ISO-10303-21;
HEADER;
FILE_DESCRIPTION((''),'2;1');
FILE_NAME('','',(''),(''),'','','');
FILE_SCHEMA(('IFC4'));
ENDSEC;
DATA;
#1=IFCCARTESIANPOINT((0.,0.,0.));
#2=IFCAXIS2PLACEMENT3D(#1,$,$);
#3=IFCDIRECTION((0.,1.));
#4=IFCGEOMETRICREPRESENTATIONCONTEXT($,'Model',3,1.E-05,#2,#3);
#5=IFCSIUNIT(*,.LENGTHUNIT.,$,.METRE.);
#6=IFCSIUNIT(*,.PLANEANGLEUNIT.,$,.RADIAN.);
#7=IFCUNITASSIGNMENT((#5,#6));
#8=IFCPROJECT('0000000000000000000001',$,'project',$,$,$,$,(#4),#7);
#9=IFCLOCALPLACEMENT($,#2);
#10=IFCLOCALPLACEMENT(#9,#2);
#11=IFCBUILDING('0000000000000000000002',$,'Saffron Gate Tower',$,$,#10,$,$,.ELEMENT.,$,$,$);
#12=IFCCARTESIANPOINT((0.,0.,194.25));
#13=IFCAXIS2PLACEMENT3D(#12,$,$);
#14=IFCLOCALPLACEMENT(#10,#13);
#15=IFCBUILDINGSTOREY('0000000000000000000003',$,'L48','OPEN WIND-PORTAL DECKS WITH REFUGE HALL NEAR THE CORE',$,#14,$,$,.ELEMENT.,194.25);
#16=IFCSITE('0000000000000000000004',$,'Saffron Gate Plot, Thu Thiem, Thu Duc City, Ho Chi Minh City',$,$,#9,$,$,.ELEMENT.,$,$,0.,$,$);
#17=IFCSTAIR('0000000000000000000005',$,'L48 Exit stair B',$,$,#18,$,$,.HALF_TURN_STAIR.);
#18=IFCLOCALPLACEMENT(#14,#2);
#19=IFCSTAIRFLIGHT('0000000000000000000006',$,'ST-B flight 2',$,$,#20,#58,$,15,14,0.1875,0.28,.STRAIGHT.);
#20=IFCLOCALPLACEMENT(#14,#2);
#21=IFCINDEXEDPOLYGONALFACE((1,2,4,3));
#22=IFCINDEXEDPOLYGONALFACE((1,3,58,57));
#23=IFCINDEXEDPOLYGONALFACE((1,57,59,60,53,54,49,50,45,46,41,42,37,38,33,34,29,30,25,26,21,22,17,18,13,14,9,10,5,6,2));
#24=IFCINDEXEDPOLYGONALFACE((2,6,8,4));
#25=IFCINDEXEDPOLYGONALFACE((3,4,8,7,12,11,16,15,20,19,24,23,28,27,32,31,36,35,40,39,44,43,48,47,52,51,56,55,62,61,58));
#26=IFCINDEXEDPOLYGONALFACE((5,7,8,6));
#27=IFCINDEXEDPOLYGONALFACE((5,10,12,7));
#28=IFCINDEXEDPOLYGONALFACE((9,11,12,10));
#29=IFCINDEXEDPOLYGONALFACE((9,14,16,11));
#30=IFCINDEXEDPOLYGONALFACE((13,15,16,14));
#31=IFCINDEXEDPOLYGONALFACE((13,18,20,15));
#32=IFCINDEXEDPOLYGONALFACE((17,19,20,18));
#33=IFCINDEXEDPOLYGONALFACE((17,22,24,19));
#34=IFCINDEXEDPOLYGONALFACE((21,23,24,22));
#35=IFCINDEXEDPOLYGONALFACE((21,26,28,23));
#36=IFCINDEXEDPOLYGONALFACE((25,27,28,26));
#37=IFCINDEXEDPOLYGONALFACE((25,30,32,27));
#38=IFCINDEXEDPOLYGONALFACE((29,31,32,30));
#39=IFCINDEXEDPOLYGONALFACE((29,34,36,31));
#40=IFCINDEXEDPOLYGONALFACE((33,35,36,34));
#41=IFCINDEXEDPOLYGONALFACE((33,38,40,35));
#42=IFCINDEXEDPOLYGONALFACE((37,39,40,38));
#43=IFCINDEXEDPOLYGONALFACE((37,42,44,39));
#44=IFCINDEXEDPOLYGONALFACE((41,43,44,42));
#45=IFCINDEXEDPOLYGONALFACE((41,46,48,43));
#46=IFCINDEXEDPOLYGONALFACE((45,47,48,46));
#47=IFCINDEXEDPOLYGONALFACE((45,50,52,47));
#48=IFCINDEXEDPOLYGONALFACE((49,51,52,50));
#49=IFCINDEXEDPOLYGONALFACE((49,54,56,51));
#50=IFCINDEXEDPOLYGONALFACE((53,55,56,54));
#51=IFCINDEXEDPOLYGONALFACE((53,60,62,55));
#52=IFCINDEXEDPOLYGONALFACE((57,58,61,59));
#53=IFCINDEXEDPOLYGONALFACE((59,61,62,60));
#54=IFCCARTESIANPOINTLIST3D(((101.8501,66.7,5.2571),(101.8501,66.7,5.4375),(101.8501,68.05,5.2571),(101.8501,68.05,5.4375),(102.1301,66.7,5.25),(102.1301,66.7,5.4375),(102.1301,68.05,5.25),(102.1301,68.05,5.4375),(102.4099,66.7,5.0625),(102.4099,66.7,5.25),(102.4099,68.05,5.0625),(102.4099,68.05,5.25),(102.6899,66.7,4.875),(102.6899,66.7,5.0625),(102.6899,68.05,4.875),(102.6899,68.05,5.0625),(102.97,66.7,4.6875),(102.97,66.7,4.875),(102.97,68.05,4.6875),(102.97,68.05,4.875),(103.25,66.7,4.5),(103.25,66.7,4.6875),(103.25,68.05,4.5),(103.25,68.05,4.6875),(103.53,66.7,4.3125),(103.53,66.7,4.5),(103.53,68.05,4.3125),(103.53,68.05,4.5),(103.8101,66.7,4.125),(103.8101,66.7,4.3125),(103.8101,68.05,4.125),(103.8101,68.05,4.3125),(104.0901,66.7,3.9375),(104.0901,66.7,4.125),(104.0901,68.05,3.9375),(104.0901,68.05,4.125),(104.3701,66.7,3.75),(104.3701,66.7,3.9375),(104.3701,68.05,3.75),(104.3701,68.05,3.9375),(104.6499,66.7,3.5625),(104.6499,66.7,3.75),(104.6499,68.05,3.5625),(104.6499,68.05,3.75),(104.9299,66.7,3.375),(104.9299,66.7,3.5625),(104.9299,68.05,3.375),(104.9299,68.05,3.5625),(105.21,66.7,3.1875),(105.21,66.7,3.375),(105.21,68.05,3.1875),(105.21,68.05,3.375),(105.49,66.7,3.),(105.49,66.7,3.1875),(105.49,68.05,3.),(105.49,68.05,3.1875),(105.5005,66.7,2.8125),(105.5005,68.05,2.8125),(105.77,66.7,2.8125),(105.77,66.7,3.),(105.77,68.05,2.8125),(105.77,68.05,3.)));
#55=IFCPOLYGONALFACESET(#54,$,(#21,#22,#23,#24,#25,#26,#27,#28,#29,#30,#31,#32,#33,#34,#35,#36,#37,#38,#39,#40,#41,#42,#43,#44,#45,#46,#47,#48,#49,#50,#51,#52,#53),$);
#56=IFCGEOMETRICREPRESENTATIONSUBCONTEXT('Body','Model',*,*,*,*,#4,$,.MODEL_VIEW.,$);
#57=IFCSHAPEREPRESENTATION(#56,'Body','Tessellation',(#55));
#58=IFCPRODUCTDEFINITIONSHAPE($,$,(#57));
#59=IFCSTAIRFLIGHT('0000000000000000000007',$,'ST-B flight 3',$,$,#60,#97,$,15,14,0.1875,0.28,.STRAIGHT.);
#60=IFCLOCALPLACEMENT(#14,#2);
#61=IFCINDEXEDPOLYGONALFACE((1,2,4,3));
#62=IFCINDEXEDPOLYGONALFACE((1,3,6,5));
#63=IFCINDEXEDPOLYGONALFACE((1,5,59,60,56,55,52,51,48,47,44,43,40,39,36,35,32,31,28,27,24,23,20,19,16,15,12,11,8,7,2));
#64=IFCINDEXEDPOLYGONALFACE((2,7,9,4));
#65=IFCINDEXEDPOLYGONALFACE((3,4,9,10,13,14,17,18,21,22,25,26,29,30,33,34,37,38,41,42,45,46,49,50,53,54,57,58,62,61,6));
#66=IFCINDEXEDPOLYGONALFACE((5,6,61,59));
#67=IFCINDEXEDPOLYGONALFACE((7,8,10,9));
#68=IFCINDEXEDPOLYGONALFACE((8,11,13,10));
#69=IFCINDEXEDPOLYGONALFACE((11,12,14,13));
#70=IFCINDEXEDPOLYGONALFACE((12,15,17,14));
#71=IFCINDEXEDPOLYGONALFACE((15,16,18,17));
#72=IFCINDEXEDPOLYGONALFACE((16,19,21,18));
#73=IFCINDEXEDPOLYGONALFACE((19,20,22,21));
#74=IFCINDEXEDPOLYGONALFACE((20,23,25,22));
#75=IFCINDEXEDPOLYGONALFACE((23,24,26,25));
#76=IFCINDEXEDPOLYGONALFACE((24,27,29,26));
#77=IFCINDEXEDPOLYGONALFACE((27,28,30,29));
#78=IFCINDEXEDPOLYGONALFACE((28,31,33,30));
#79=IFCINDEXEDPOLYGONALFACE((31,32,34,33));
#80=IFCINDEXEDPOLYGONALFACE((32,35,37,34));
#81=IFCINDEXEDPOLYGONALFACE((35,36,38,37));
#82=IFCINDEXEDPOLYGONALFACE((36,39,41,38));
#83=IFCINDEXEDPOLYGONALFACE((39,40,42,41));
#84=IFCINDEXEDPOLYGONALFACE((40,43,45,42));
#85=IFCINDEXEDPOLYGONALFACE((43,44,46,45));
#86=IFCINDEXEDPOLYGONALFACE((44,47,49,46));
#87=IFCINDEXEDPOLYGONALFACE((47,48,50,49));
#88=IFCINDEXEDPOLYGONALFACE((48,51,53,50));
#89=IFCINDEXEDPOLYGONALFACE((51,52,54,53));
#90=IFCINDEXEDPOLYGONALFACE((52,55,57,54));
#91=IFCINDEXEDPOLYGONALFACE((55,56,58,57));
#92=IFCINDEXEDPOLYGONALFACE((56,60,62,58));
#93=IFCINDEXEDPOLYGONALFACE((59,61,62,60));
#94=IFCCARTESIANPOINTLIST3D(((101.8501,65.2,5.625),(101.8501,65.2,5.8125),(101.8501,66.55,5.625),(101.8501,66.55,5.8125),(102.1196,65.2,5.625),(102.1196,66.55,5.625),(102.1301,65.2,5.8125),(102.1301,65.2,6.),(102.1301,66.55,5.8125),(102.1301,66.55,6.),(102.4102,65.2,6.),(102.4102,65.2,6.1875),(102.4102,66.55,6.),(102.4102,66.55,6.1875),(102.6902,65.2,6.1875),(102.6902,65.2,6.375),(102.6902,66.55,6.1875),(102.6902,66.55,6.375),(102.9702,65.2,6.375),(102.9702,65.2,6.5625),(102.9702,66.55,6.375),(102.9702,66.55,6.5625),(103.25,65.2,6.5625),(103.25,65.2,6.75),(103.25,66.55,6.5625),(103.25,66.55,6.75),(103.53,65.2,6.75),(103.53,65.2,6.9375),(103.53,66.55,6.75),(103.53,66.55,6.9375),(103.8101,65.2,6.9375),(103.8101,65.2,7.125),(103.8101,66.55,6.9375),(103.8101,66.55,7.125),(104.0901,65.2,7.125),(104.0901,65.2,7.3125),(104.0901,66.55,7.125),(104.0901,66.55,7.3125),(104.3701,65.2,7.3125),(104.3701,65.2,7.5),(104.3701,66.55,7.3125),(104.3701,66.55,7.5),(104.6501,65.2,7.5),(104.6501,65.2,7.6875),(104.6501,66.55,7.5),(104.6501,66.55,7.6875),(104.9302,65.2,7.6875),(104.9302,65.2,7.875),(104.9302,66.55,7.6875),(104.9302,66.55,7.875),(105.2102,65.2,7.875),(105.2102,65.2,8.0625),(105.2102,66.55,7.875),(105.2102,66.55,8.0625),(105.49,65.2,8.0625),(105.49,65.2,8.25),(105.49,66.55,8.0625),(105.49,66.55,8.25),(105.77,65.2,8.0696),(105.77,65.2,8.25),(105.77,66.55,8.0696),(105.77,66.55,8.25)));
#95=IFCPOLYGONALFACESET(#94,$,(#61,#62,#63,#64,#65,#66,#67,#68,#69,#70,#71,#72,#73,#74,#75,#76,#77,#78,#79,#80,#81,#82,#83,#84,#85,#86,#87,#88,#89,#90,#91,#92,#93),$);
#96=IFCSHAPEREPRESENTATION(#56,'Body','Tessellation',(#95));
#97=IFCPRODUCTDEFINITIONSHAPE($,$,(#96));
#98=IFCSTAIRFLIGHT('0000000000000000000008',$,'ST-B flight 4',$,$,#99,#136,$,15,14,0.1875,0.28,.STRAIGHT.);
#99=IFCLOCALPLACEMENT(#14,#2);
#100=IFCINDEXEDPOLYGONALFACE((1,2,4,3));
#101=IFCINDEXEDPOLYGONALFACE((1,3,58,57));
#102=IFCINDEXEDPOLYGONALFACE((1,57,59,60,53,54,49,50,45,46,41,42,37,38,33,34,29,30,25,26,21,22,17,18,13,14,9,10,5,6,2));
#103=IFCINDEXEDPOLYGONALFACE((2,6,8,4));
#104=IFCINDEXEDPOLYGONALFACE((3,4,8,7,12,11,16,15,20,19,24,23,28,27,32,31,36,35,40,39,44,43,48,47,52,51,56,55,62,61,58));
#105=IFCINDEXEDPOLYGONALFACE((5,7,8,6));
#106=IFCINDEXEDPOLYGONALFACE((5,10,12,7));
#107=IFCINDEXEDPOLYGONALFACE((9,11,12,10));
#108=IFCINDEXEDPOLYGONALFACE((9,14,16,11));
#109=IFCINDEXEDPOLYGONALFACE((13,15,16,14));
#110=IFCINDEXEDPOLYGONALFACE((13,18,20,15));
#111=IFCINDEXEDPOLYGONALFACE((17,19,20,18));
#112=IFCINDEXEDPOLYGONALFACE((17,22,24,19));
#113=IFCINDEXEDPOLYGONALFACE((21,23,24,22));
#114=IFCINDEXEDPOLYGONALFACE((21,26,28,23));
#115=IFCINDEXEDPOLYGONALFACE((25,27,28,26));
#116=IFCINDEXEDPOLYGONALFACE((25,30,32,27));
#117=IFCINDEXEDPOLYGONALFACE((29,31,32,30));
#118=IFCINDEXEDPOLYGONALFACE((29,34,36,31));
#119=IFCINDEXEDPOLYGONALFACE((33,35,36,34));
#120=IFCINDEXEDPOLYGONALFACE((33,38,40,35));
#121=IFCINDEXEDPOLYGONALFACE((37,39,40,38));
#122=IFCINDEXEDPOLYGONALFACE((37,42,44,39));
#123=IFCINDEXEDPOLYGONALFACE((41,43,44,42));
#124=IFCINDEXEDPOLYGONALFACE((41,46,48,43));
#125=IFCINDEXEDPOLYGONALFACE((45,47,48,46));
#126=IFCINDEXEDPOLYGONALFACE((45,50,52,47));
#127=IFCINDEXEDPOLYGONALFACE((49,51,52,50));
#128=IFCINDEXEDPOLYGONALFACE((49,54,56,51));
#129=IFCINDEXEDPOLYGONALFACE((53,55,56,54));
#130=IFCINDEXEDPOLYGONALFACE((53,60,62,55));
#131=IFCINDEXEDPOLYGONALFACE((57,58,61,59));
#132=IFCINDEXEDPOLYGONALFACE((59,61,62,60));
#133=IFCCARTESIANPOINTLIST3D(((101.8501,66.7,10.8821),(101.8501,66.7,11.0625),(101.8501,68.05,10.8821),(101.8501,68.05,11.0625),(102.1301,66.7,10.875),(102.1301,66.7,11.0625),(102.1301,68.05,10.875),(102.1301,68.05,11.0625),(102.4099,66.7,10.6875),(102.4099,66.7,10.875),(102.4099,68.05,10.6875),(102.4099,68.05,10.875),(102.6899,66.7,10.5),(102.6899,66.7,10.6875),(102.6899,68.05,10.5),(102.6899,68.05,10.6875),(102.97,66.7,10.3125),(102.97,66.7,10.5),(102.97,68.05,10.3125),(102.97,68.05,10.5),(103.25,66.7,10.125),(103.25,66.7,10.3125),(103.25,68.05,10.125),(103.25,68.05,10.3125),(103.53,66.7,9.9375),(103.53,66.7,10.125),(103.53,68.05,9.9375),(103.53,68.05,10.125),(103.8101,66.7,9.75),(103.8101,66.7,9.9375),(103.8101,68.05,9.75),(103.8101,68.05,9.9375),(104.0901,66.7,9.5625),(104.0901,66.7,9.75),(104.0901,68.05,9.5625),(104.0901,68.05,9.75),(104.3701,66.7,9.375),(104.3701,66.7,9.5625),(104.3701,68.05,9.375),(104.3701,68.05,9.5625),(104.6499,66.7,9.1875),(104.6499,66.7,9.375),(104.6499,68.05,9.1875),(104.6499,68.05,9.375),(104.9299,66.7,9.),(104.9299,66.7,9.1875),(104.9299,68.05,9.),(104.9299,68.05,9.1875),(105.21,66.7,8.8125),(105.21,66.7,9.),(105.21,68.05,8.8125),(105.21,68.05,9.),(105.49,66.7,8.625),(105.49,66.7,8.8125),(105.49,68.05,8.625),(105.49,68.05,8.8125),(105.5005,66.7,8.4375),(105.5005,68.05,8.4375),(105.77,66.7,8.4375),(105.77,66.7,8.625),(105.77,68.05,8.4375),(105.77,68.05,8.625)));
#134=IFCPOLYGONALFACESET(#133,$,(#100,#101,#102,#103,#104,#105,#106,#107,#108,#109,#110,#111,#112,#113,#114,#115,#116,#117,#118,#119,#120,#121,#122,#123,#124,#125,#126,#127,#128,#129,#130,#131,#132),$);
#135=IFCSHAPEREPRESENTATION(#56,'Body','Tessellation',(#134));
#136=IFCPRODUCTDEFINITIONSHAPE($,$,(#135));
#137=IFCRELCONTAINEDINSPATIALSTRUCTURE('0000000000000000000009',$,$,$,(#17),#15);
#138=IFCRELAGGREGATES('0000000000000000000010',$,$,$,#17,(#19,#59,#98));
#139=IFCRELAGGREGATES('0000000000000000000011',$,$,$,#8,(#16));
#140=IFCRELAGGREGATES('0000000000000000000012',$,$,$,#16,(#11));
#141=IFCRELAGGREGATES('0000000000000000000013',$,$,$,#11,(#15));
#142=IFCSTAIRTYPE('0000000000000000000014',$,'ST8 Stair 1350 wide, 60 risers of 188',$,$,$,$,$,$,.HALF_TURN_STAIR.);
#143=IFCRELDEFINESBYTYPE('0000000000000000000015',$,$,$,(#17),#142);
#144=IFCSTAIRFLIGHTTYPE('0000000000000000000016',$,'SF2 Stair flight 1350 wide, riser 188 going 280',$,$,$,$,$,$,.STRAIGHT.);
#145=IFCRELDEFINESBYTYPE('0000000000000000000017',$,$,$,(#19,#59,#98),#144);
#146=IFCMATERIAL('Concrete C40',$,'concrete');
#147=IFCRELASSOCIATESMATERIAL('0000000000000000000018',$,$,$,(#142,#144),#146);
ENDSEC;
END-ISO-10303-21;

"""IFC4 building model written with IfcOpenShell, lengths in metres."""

from ifc_helpers import new_model, si_unit, direction, frame, origin, place, context, subcontext, project, spatial, polyline, outline, extrude, material, type_object, element, aggregate, save


model = new_model("IFC4")

# Units and contexts
model_context = context("Model", 3, precision=1e-05, world=origin(), true_north=direction((0.0, 1.0)))
body_context = subcontext(model_context, "Body", "Model", "MODEL_VIEW")
ifc_project = project(units=[si_unit("LENGTHUNIT", "METRE"), si_unit("PLANEANGLEUNIT", "RADIAN")], contexts=[model_context])

# Site, building, storey
site_placement = place(None, origin())
site = spatial("IfcSite", under=ifc_project, at=site_placement, Name="Saffron Gate Plot, Thu Thiem, Thu Duc City, Ho Chi Minh City", CompositionType="ELEMENT", RefElevation=0.0)
building_placement = place(site_placement, origin())
building = spatial("IfcBuilding", under=site, at=building_placement, Name="Saffron Gate Tower", CompositionType="ELEMENT")
storey_placement = place(building_placement, frame((0.0, 0.0, 194.25)))
storey = spatial("IfcBuildingStorey", under=building, at=storey_placement, Name="L48", Description="OPEN WIND-PORTAL DECKS WITH REFUGE HALL NEAR THE CORE", CompositionType="ELEMENT", Elevation=194.25)

# Stair, stair flights
ifc_material_1 = material(Name="Concrete C40", Category="concrete")
stair_type = type_object("IfcStairType", Name="ST8 Stair 1350 wide, 60 risers of 188", PredefinedType="HALF_TURN_STAIR", material=ifc_material_1)
stair_placement = place(storey_placement, origin())
stair = element("IfcStair", 1, at=stair_placement, inside=storey, type_object=stair_type, Name="L48 Exit stair B", PredefinedType="HALF_TURN_STAIR")
stair_flight_type = type_object("IfcStairFlightType", Name="SF2 Stair flight 1350 wide, riser 188 going 280", PredefinedType="STRAIGHT", material=ifc_material_1)
stair_flight_1_placement = place(storey_placement, frame((105.77, 67.375, 2.8125), z_axis=(0.0, 0.0, 1.0), x_axis=(-1.0, 0.0, 0.0)))
stair_flight_1 = element("IfcStairFlight", 2, at=stair_flight_1_placement, type_object=stair_flight_type, Name="ST-B flight 2", NumberOfRisers=15, NumberOfTreads=14, PredefinedType="STRAIGHT", RiserHeight=0.1875, TreadLength=0.28, context=body_context, shape_type="SweptSolid", body=[
    extrude(outline(polyline([(0.0, 0.0), (0.0, 0.1875), (0.28, 0.1875), (0.28, 0.375), (0.5601, 0.375), (0.5601, 0.5625), (0.8401, 0.5625), (0.8401, 0.75), (1.1201, 0.75), (1.1201, 0.9375), (1.3999, 0.9375), (1.3999, 1.125), (1.6799, 1.125), (1.6799, 1.3125), (1.96, 1.3125), (1.96, 1.5), (2.24, 1.5), (2.24, 1.6875), (2.52, 1.6875), (2.52, 1.875), (2.8, 1.875), (2.8, 2.0625), (3.0801, 2.0625), (3.0801, 2.25), (3.3601, 2.25), (3.3601, 2.4375), (3.6399, 2.4375), (3.6399, 2.625), (3.9199, 2.625), (3.9199, 2.8125), (3.9199, 2.4446), (0.2695, 0.0), (0.0, 0.0)])), frame((0.0, 0.675, 0.0), z_axis=(0.0, -1.0, 0.0), x_axis=(1.0, 0.0, 0.0)), (0.0, 0.0, 1.0), 1.3501),
])
stair_flight_2_placement = place(storey_placement, frame((101.8501, 65.875, 5.625), z_axis=(0.0, 0.0, 1.0), x_axis=(1.0, 0.0, 0.0)))
stair_flight_2 = element("IfcStairFlight", 3, at=stair_flight_2_placement, type_object=stair_flight_type, Name="ST-B flight 3", NumberOfRisers=15, NumberOfTreads=14, PredefinedType="STRAIGHT", RiserHeight=0.1875, TreadLength=0.28, context=body_context, shape_type="SweptSolid", body=[
    extrude(outline(polyline([(0.0, 0.0), (0.0, 0.1875), (0.28, 0.1875), (0.28, 0.375), (0.5601, 0.375), (0.5601, 0.5625), (0.8401, 0.5625), (0.8401, 0.75), (1.1201, 0.75), (1.1201, 0.9375), (1.3999, 0.9375), (1.3999, 1.125), (1.6799, 1.125), (1.6799, 1.3125), (1.96, 1.3125), (1.96, 1.5), (2.24, 1.5), (2.24, 1.6875), (2.52, 1.6875), (2.52, 1.875), (2.8, 1.875), (2.8, 2.0625), (3.0801, 2.0625), (3.0801, 2.25), (3.3601, 2.25), (3.3601, 2.4375), (3.6399, 2.4375), (3.6399, 2.625), (3.9199, 2.625), (3.9199, 2.8125), (3.9199, 2.4446), (0.2695, 0.0), (0.0, 0.0)])), frame((0.0, 0.675, 0.0), z_axis=(0.0, -1.0, 0.0), x_axis=(1.0, 0.0, 0.0)), (0.0, 0.0, 1.0), 1.3501),
])
stair_flight_3_placement = place(storey_placement, frame((105.77, 67.375, 8.4375), z_axis=(0.0, 0.0, 1.0), x_axis=(-1.0, 0.0, 0.0)))
stair_flight_3 = element("IfcStairFlight", 4, at=stair_flight_3_placement, type_object=stair_flight_type, Name="ST-B flight 4", NumberOfRisers=15, NumberOfTreads=14, PredefinedType="STRAIGHT", RiserHeight=0.1875, TreadLength=0.28, context=body_context, shape_type="SweptSolid", body=[
    extrude(outline(polyline([(0.0, 0.0), (0.0, 0.1875), (0.28, 0.1875), (0.28, 0.375), (0.5601, 0.375), (0.5601, 0.5625), (0.8401, 0.5625), (0.8401, 0.75), (1.1201, 0.75), (1.1201, 0.9375), (1.3999, 0.9375), (1.3999, 1.125), (1.6799, 1.125), (1.6799, 1.3125), (1.96, 1.3125), (1.96, 1.5), (2.24, 1.5), (2.24, 1.6875), (2.52, 1.6875), (2.52, 1.875), (2.8, 1.875), (2.8, 2.0625), (3.0801, 2.0625), (3.0801, 2.25), (3.3601, 2.25), (3.3601, 2.4375), (3.6399, 2.4375), (3.6399, 2.625), (3.9199, 2.625), (3.9199, 2.8125), (3.9199, 2.4446), (0.2695, 0.0), (0.0, 0.0)])), frame((0.0, 0.675, 0.0), z_axis=(0.0, -1.0, 0.0), x_axis=(1.0, 0.0, 0.0)), (0.0, 0.0, 1.0), 1.3501),
])
aggregate(stair, [stair_flight_1, stair_flight_2, stair_flight_3])

save(model, "model.ifc")
